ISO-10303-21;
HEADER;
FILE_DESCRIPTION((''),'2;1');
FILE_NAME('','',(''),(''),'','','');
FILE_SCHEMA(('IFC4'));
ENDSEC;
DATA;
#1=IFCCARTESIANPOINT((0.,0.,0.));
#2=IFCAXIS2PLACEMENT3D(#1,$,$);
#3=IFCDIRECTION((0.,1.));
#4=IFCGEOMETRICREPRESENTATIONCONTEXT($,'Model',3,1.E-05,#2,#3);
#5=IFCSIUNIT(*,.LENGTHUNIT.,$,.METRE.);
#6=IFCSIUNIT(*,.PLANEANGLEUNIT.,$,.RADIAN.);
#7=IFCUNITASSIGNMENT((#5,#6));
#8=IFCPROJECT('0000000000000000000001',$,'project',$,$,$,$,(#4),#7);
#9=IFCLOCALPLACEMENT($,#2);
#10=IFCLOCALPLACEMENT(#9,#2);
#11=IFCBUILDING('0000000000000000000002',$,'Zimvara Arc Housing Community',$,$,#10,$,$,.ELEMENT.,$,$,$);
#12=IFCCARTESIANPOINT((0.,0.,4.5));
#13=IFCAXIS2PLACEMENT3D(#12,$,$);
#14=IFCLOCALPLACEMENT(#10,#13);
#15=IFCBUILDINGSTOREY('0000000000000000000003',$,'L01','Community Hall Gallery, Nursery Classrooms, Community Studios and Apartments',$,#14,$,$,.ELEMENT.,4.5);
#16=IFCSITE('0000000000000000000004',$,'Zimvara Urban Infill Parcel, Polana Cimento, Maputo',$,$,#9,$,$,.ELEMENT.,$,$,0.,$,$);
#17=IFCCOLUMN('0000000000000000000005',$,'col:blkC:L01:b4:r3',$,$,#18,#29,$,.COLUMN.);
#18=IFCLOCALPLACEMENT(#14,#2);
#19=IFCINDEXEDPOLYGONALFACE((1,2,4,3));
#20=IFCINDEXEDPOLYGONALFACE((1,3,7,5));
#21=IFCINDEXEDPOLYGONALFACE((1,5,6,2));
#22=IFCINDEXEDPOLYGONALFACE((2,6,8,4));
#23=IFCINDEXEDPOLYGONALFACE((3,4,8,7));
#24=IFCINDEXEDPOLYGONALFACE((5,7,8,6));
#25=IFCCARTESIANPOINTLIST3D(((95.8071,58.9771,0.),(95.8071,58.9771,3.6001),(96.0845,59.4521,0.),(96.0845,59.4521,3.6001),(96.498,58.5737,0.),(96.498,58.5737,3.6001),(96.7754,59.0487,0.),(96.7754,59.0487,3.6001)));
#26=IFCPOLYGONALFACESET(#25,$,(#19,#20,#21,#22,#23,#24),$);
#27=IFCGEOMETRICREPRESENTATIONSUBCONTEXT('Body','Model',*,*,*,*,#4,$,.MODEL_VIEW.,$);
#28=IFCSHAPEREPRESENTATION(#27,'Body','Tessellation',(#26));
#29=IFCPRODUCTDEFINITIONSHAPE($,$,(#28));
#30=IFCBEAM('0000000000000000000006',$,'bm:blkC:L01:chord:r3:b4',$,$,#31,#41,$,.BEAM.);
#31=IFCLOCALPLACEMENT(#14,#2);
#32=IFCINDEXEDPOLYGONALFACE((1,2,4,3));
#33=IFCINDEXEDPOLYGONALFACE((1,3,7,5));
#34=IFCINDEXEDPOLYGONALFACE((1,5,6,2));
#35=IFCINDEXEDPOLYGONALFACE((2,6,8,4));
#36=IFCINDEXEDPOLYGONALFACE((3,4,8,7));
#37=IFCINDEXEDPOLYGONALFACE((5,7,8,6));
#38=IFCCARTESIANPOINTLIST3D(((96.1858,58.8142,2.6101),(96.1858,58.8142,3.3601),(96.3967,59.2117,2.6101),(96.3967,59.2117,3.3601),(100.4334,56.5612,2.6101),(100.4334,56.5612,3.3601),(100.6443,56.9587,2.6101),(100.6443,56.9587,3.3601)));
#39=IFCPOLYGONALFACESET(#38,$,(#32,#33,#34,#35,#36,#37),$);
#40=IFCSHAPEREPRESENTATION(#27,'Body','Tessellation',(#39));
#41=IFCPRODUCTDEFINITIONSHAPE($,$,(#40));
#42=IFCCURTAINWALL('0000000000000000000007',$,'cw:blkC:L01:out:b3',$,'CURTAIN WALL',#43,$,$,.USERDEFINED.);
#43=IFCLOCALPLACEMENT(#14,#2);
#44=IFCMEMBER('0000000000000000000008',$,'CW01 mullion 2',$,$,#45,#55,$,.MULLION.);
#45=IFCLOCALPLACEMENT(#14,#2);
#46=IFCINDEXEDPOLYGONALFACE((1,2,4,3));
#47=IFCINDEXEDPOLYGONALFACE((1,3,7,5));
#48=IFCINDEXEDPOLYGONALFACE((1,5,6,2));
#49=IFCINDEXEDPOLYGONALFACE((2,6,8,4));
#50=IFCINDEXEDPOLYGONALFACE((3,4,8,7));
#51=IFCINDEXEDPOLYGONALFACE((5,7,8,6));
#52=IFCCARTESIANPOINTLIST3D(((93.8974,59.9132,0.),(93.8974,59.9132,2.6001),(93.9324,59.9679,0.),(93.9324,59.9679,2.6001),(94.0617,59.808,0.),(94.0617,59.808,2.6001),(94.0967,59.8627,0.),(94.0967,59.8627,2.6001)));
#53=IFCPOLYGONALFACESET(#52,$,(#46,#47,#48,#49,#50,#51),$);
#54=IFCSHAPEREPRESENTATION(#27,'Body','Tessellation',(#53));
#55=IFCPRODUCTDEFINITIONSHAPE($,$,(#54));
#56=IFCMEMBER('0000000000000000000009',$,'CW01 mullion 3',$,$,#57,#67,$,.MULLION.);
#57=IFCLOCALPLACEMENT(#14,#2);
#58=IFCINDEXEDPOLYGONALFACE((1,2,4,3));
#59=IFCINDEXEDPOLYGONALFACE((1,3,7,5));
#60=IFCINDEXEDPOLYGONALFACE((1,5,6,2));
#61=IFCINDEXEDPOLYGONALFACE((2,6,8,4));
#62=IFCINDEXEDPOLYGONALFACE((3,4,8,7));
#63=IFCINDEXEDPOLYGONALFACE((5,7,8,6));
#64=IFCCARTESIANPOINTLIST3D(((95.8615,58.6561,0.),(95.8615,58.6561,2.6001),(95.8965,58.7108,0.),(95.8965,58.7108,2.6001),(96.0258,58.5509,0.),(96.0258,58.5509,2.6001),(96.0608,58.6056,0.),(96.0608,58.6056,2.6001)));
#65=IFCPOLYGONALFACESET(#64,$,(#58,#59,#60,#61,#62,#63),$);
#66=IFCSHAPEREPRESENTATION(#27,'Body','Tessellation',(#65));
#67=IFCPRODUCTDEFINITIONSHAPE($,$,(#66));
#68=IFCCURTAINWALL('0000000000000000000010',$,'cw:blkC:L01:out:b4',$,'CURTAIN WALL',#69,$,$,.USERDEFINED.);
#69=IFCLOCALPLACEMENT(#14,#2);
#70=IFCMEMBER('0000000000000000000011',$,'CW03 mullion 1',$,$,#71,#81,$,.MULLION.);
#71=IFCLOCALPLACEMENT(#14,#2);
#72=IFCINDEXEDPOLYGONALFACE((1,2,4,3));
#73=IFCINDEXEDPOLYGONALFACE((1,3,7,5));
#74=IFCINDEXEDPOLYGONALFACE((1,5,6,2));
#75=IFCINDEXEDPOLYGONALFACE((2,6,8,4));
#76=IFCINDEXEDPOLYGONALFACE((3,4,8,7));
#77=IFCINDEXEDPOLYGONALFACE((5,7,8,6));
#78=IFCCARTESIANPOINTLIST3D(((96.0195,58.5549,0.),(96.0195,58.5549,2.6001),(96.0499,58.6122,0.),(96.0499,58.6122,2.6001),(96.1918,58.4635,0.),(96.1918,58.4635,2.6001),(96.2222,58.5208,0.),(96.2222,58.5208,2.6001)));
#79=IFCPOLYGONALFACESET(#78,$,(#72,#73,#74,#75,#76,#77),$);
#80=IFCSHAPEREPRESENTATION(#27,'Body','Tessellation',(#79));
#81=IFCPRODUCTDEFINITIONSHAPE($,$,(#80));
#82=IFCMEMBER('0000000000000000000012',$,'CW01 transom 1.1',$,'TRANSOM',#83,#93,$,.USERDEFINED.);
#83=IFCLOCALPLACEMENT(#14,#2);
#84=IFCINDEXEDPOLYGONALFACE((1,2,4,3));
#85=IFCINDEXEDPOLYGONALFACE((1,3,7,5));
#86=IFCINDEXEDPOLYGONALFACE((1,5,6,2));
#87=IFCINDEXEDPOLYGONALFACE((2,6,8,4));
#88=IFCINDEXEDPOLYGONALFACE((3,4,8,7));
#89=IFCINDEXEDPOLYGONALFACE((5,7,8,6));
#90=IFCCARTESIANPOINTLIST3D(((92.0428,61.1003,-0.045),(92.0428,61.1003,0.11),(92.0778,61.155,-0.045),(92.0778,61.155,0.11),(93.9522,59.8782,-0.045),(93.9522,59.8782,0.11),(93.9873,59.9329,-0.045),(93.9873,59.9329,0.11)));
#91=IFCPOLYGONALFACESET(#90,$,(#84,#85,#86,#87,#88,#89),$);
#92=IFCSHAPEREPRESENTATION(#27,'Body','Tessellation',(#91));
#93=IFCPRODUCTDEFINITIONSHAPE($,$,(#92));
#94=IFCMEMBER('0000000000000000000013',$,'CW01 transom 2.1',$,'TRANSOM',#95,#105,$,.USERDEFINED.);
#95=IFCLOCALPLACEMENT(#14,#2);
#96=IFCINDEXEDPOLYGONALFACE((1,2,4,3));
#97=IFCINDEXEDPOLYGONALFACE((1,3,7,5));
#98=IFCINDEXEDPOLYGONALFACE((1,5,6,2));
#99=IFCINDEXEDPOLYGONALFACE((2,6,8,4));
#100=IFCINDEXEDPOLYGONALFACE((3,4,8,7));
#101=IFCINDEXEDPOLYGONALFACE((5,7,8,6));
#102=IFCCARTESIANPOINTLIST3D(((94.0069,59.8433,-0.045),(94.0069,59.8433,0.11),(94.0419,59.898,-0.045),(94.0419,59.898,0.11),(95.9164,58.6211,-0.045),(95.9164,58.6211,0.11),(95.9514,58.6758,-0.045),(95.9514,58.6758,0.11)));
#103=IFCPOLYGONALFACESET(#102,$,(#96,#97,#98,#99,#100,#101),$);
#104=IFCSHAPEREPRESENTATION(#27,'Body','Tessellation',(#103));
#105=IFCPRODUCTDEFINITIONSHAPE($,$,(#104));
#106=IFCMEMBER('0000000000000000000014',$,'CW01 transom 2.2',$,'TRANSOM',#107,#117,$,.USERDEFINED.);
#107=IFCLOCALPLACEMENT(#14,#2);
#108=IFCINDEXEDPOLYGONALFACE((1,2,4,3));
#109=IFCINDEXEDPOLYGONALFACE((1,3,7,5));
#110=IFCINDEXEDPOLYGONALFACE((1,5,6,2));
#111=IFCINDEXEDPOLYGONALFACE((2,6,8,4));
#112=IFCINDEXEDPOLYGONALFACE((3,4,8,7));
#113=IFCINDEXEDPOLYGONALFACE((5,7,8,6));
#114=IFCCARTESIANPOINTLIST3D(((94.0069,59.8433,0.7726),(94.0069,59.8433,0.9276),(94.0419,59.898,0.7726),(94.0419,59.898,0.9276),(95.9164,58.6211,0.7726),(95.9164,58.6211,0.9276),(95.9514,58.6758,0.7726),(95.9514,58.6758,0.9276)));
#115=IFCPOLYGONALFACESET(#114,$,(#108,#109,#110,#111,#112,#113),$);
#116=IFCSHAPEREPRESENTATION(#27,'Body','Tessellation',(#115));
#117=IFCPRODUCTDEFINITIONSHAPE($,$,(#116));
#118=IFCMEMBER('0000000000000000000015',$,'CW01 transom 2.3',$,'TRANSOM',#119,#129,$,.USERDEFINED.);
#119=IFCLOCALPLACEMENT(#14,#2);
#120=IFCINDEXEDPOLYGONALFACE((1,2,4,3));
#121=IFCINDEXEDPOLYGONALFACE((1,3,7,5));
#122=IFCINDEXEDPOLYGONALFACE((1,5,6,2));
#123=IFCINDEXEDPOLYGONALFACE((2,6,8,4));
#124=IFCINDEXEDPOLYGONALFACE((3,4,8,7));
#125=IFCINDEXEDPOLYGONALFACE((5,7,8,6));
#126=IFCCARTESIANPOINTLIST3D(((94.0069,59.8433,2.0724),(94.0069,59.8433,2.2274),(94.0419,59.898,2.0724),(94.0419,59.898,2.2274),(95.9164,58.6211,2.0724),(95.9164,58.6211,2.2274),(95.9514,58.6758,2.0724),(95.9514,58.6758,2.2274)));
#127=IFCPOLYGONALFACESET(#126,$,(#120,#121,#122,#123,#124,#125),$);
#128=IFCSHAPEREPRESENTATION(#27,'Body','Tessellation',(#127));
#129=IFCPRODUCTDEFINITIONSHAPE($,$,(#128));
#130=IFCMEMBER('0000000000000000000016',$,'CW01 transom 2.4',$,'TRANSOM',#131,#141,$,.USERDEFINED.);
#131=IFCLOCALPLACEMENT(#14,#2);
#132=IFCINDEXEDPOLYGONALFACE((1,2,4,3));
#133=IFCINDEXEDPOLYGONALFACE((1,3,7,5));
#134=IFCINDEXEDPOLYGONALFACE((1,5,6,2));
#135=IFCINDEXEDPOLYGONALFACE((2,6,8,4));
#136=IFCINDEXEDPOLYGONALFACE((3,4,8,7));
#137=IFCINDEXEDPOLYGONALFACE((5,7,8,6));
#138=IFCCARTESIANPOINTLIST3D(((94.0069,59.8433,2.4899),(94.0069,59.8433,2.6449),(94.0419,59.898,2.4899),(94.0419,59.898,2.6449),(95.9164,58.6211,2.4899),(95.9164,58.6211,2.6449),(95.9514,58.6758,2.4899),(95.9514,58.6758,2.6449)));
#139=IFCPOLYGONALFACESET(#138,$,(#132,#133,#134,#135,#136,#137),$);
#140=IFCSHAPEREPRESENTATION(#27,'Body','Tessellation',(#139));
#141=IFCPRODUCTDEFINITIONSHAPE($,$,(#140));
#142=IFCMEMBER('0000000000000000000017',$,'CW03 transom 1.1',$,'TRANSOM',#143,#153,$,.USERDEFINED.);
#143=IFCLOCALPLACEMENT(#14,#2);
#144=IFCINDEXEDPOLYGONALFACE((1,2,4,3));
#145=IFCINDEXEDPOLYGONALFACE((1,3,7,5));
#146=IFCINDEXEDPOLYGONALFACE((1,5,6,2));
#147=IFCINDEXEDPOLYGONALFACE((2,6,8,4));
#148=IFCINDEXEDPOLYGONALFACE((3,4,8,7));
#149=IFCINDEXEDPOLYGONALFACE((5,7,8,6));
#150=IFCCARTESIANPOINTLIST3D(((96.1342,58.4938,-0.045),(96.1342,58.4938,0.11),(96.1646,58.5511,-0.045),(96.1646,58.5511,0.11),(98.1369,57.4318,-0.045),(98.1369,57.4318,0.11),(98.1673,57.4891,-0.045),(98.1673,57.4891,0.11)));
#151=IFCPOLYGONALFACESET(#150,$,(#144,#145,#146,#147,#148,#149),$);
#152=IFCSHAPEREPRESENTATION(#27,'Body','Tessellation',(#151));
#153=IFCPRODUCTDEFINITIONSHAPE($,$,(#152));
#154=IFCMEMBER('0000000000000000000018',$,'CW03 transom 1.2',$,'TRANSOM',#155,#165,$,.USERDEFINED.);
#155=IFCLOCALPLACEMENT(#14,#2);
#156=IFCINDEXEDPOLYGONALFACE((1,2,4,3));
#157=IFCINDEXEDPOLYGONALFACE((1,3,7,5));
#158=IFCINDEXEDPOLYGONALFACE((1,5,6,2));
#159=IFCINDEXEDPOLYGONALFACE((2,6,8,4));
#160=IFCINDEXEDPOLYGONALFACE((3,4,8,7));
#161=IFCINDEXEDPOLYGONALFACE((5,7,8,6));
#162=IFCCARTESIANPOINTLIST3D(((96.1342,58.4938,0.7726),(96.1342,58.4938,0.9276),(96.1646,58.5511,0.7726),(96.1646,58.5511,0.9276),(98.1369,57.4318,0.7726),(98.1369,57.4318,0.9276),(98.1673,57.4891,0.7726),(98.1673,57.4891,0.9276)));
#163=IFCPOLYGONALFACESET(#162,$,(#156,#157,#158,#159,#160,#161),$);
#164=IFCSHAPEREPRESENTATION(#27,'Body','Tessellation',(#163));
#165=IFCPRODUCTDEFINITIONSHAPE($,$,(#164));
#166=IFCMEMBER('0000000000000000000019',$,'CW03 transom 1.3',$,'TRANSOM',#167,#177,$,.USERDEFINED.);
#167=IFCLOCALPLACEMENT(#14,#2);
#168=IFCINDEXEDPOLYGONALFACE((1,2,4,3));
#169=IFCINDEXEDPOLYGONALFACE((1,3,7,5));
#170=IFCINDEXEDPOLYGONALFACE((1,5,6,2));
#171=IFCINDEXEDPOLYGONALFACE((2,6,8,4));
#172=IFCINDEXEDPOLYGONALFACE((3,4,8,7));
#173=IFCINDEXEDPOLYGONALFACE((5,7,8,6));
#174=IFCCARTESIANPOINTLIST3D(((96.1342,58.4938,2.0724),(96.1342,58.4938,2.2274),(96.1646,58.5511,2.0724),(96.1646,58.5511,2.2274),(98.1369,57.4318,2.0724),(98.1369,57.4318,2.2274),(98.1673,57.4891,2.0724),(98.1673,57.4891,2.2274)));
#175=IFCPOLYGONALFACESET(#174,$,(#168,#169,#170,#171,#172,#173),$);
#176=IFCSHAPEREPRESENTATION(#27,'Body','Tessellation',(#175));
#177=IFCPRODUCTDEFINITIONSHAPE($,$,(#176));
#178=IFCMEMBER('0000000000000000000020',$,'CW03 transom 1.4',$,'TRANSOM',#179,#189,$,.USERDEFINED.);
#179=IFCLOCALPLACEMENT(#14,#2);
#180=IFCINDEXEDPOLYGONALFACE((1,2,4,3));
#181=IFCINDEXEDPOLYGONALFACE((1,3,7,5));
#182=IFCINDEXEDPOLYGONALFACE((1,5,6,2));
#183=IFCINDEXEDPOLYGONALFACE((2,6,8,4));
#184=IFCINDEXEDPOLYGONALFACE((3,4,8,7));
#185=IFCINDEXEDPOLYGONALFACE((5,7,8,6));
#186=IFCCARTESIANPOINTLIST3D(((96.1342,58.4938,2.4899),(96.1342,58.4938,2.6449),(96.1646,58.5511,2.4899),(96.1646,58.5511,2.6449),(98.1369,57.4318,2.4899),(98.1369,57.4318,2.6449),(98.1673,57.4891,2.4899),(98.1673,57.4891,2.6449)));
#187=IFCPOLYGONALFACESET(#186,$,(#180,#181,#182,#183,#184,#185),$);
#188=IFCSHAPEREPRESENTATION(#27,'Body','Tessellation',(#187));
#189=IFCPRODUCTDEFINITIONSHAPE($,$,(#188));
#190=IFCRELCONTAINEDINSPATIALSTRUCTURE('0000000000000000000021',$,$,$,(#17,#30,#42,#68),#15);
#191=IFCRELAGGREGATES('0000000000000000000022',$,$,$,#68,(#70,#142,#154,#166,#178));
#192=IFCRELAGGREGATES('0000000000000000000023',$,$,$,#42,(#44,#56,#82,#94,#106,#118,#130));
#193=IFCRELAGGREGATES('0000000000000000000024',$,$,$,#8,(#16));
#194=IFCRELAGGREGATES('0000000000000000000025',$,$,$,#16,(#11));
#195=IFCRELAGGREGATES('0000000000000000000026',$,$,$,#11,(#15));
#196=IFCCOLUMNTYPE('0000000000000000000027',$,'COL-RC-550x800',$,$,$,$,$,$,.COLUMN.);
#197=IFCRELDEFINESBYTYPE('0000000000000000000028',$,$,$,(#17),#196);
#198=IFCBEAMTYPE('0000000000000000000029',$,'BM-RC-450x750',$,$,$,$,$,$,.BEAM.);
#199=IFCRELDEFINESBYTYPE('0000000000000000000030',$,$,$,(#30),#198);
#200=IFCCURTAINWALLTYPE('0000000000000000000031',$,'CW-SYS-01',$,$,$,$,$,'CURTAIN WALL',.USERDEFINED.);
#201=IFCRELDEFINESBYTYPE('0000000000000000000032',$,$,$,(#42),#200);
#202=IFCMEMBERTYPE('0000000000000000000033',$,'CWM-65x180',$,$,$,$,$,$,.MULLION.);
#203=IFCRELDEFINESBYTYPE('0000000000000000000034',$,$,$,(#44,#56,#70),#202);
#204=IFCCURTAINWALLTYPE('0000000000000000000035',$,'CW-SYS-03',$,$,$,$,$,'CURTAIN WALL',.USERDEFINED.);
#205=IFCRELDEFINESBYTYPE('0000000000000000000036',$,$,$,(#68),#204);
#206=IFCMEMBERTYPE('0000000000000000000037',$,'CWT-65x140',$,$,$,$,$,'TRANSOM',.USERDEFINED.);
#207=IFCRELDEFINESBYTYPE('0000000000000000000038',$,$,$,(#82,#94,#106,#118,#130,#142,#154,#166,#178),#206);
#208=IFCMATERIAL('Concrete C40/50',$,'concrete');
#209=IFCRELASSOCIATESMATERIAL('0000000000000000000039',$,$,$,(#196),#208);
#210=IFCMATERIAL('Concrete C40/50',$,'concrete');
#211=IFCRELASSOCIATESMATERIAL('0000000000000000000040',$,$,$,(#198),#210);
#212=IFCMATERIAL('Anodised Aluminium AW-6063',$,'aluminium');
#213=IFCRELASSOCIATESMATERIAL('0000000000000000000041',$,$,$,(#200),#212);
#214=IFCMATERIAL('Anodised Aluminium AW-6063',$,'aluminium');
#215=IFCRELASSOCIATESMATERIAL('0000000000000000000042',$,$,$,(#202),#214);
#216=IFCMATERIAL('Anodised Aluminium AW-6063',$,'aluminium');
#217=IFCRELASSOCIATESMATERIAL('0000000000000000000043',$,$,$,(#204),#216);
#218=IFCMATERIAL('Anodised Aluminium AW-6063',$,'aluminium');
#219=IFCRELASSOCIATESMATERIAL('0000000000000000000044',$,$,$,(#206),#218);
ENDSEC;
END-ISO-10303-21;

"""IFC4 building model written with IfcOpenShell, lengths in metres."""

from ifc_helpers import new_model, si_unit, direction, frame, origin, origin_2d, place, context, subcontext, project, spatial, rectangle, extrude, material, material_profile, profile_set, type_object, element, aggregate, save


model = new_model("IFC4")

# Units and contexts
model_context = context("Model", 3, precision=1e-05, world=origin(), true_north=direction((0.0, 1.0)))
body_context = subcontext(model_context, "Body", "Model", "MODEL_VIEW")
ifc_project = project(units=[si_unit("LENGTHUNIT", "METRE"), si_unit("PLANEANGLEUNIT", "RADIAN")], contexts=[model_context])

# Site, building, storey
site_placement = place(None, origin())
site = spatial("IfcSite", under=ifc_project, at=site_placement, Name="Zimvara Urban Infill Parcel, Polana Cimento, Maputo", CompositionType="ELEMENT", RefElevation=0.0)
building_placement = place(site_placement, origin())
building = spatial("IfcBuilding", under=site, at=building_placement, Name="Zimvara Arc Housing Community", CompositionType="ELEMENT")
storey_placement = place(building_placement, frame((0.0, 0.0, 4.5)))
storey = spatial("IfcBuildingStorey", under=building, at=storey_placement, Name="L01", Description="Community Hall Gallery, Nursery Classrooms, Community Studios and Apartments", CompositionType="ELEMENT", Elevation=4.5)

# Column
ifc_material_1 = material(Name="Concrete C40/50", Category="concrete")
ifc_material_profile_1 = material_profile(ifc_material_1, rectangle(XDim=0.55, YDim=0.8, at=origin_2d()), Name="RC 550x800")
ifc_profile_set_1 = profile_set([ifc_material_profile_1], Name="Concrete C40/50")
column_type = type_object("IfcColumnType", Name="COL-RC-550x800", PredefinedType="COLUMN", material=ifc_profile_set_1)
column_placement = place(storey_placement, frame((96.2913, 59.0129, 0.0), z_axis=(0.0, 0.0, 1.0), x_axis=(-0.504226, -0.863572, 0.0)))
element("IfcColumn", 1, at=column_placement, inside=storey, type_object=column_type, Name="col:blkC:L01:b4:r3", PredefinedType="COLUMN", context=body_context, shape_type="SweptSolid", body=[
    extrude(rectangle(XDim=0.55, YDim=0.8, at=origin_2d()), origin(), (0.0, 0.0, 1.0), 3.6001),
])

# Beam
ifc_material_2 = material(Name="Concrete C40/50", Category="concrete")
ifc_material_profile_2 = material_profile(ifc_material_2, rectangle(XDim=0.45, YDim=0.75, at=origin_2d()), Name="RC 450x750")
ifc_profile_set_2 = profile_set([ifc_material_profile_2], Name="Concrete C40/50")
beam_type = type_object("IfcBeamType", Name="BM-RC-450x750", PredefinedType="BEAM", material=ifc_profile_set_2)
beam_placement = place(storey_placement, frame((96.2913, 59.0129, 2.9851), z_axis=(0.883425, -0.468573, 0.0), x_axis=(0.468573, 0.883425, 0.0)))
element("IfcBeam", 2, at=beam_placement, inside=storey, type_object=beam_type, Name="bm:blkC:L01:chord:r3:b4", PredefinedType="BEAM", context=body_context, shape_type="SweptSolid", body=[
    extrude(rectangle(XDim=0.45, YDim=0.75, at=origin_2d()), origin(), (0.0, 0.0, 1.0), 4.8081),
])

# Curtain wall, members
ifc_material_3 = material(Name="Anodised Aluminium AW-6063", Category="aluminium")
curtain_wall_type_1 = type_object("IfcCurtainWallType", Name="CW-SYS-01", ElementType="CURTAIN WALL", PredefinedType="USERDEFINED", material=ifc_material_3)
curtain_wall_1_placement = place(storey_placement, origin())
curtain_wall_1 = element("IfcCurtainWall", 3, at=curtain_wall_1_placement, inside=storey, type_object=curtain_wall_type_1, Name="cw:blkC:L01:out:b3", ObjectType="CURTAIN WALL", PredefinedType="USERDEFINED")
ifc_material_4 = material(Name="Anodised Aluminium AW-6063", Category="aluminium")
ifc_material_profile_3 = material_profile(ifc_material_4, rectangle(XDim=0.0649, YDim=0.1951, at=origin_2d()), Name="ALU 65x195")
ifc_profile_set_3 = profile_set([ifc_material_profile_3], Name="Anodised Aluminium AW-6063")
member_type_1 = type_object("IfcMemberType", Name="CWM-65x180", PredefinedType="MULLION", material=ifc_profile_set_3)
member_1_placement = place(storey_placement, frame((93.9971, 59.8879, 0.0), z_axis=(0.0, 0.0, 1.0), x_axis=(0.539065, 0.842264, 0.0)))
member_1 = element("IfcMember", 4, at=member_1_placement, type_object=member_type_1, Name="CW01 mullion 2", PredefinedType="MULLION", context=body_context, shape_type="SweptSolid", body=[
    extrude(rectangle(XDim=0.0649, YDim=0.1951, at=origin_2d()), origin(), (0.0, 0.0, 1.0), 2.6001),
])
member_2_placement = place(storey_placement, frame((95.9612, 58.6309, 0.0), z_axis=(0.0, 0.0, 1.0), x_axis=(0.539065, 0.842264, 0.0)))
member_2 = element("IfcMember", 5, at=member_2_placement, type_object=member_type_1, Name="CW01 mullion 3", PredefinedType="MULLION", context=body_context, shape_type="SweptSolid", body=[
    extrude(rectangle(XDim=0.0649, YDim=0.1951, at=origin_2d()), origin(), (0.0, 0.0, 1.0), 2.6001),
])

# Curtain wall, member
ifc_material_5 = material(Name="Anodised Aluminium AW-6063", Category="aluminium")
curtain_wall_type_2 = type_object("IfcCurtainWallType", Name="CW-SYS-03", ElementType="CURTAIN WALL", PredefinedType="USERDEFINED", material=ifc_material_5)
curtain_wall_2_placement = place(storey_placement, origin())
curtain_wall_2 = element("IfcCurtainWall", 6, at=curtain_wall_2_placement, inside=storey, type_object=curtain_wall_type_2, Name="cw:blkC:L01:out:b4", ObjectType="CURTAIN WALL", PredefinedType="USERDEFINED")
member_3_placement = place(storey_placement, frame((96.1208, 58.5378, 0.0), z_axis=(0.0, 0.0, 1.0), x_axis=(0.468547, 0.883439, 0.0)))
member_3 = element("IfcMember", 7, at=member_3_placement, type_object=member_type_1, Name="CW03 mullion 1", PredefinedType="MULLION", context=body_context, shape_type="SweptSolid", body=[
    extrude(rectangle(XDim=0.0649, YDim=0.1951, at=origin_2d()), origin(), (0.0, 0.0, 1.0), 2.6001),
])

# Members
ifc_material_6 = material(Name="Anodised Aluminium AW-6063", Category="aluminium")
ifc_material_profile_4 = material_profile(ifc_material_6, rectangle(XDim=0.0649, YDim=0.155, at=origin_2d()), Name="ALU 65x155")
ifc_profile_set_4 = profile_set([ifc_material_profile_4], Name="Anodised Aluminium AW-6063")
member_type_2 = type_object("IfcMemberType", Name="CWT-65x140", ElementType="TRANSOM", PredefinedType="USERDEFINED", material=ifc_profile_set_4)
member_4_placement = place(storey_placement, frame((92.0603, 61.1277, 0.0325), z_axis=(0.842244, -0.539096, 0.0), x_axis=(0.539096, 0.842244, 0.0)))
member_4 = element("IfcMember", 8, at=member_4_placement, type_object=member_type_2, Name="CW01 transom 1.1", ObjectType="TRANSOM", PredefinedType="USERDEFINED", context=body_context, shape_type="SweptSolid", body=[
    extrude(rectangle(XDim=0.0649, YDim=0.155, at=origin_2d()), origin(), (0.0, 0.0, 1.0), 2.2671),
])
member_5_placement = place(storey_placement, frame((94.0244, 59.8706, 0.0325), z_axis=(0.842244, -0.539096, 0.0), x_axis=(0.539096, 0.842244, 0.0)))
member_5 = element("IfcMember", 9, at=member_5_placement, type_object=member_type_2, Name="CW01 transom 2.1", ObjectType="TRANSOM", PredefinedType="USERDEFINED", context=body_context, shape_type="SweptSolid", body=[
    extrude(rectangle(XDim=0.0649, YDim=0.155, at=origin_2d()), origin(), (0.0, 0.0, 1.0), 2.2671),
])
member_6_placement = place(storey_placement, frame((94.0244, 59.8706, 0.8501), z_axis=(0.842244, -0.539096, 0.0), x_axis=(0.539096, 0.842244, 0.0)))
member_6 = element("IfcMember", 10, at=member_6_placement, type_object=member_type_2, Name="CW01 transom 2.2", ObjectType="TRANSOM", PredefinedType="USERDEFINED", context=body_context, shape_type="SweptSolid", body=[
    extrude(rectangle(XDim=0.0649, YDim=0.155, at=origin_2d()), origin(), (0.0, 0.0, 1.0), 2.2671),
])
member_7_placement = place(storey_placement, frame((94.0244, 59.8706, 2.1499), z_axis=(0.842244, -0.539096, 0.0), x_axis=(0.539096, 0.842244, 0.0)))
member_7 = element("IfcMember", 11, at=member_7_placement, type_object=member_type_2, Name="CW01 transom 2.3", ObjectType="TRANSOM", PredefinedType="USERDEFINED", context=body_context, shape_type="SweptSolid", body=[
    extrude(rectangle(XDim=0.0649, YDim=0.155, at=origin_2d()), origin(), (0.0, 0.0, 1.0), 2.2671),
])
member_8_placement = place(storey_placement, frame((94.0244, 59.8706, 2.5674), z_axis=(0.842244, -0.539096, 0.0), x_axis=(0.539096, 0.842244, 0.0)))
member_8 = element("IfcMember", 12, at=member_8_placement, type_object=member_type_2, Name="CW01 transom 2.4", ObjectType="TRANSOM", PredefinedType="USERDEFINED", context=body_context, shape_type="SweptSolid", body=[
    extrude(rectangle(XDim=0.0649, YDim=0.155, at=origin_2d()), origin(), (0.0, 0.0, 1.0), 2.2671),
])
member_9_placement = place(storey_placement, frame((96.1494, 58.5225, 0.0325), z_axis=(0.883465, -0.468496, 0.0), x_axis=(0.468496, 0.883465, 0.0)))
member_9 = element("IfcMember", 13, at=member_9_placement, type_object=member_type_2, Name="CW03 transom 1.1", ObjectType="TRANSOM", PredefinedType="USERDEFINED", context=body_context, shape_type="SweptSolid", body=[
    extrude(rectangle(XDim=0.0649, YDim=0.155, at=origin_2d()), origin(), (0.0, 0.0, 1.0), 2.2668),
])
member_10_placement = place(storey_placement, frame((96.1494, 58.5225, 0.8501), z_axis=(0.883465, -0.468496, 0.0), x_axis=(0.468496, 0.883465, 0.0)))
member_10 = element("IfcMember", 14, at=member_10_placement, type_object=member_type_2, Name="CW03 transom 1.2", ObjectType="TRANSOM", PredefinedType="USERDEFINED", context=body_context, shape_type="SweptSolid", body=[
    extrude(rectangle(XDim=0.0649, YDim=0.155, at=origin_2d()), origin(), (0.0, 0.0, 1.0), 2.2668),
])
member_11_placement = place(storey_placement, frame((96.1494, 58.5225, 2.1499), z_axis=(0.883465, -0.468496, 0.0), x_axis=(0.468496, 0.883465, 0.0)))
member_11 = element("IfcMember", 15, at=member_11_placement, type_object=member_type_2, Name="CW03 transom 1.3", ObjectType="TRANSOM", PredefinedType="USERDEFINED", context=body_context, shape_type="SweptSolid", body=[
    extrude(rectangle(XDim=0.0649, YDim=0.155, at=origin_2d()), origin(), (0.0, 0.0, 1.0), 2.2668),
])
member_12_placement = place(storey_placement, frame((96.1494, 58.5225, 2.5674), z_axis=(0.883465, -0.468496, 0.0), x_axis=(0.468496, 0.883465, 0.0)))
member_12 = element("IfcMember", 16, at=member_12_placement, type_object=member_type_2, Name="CW03 transom 1.4", ObjectType="TRANSOM", PredefinedType="USERDEFINED", context=body_context, shape_type="SweptSolid", body=[
    extrude(rectangle(XDim=0.0649, YDim=0.155, at=origin_2d()), origin(), (0.0, 0.0, 1.0), 2.2668),
])
aggregate(curtain_wall_2, [member_3, member_9, member_10, member_11, member_12])

aggregate(curtain_wall_1, [member_1, member_2, member_4, member_5, member_6, member_7, member_8])

save(model, "model.ifc")
